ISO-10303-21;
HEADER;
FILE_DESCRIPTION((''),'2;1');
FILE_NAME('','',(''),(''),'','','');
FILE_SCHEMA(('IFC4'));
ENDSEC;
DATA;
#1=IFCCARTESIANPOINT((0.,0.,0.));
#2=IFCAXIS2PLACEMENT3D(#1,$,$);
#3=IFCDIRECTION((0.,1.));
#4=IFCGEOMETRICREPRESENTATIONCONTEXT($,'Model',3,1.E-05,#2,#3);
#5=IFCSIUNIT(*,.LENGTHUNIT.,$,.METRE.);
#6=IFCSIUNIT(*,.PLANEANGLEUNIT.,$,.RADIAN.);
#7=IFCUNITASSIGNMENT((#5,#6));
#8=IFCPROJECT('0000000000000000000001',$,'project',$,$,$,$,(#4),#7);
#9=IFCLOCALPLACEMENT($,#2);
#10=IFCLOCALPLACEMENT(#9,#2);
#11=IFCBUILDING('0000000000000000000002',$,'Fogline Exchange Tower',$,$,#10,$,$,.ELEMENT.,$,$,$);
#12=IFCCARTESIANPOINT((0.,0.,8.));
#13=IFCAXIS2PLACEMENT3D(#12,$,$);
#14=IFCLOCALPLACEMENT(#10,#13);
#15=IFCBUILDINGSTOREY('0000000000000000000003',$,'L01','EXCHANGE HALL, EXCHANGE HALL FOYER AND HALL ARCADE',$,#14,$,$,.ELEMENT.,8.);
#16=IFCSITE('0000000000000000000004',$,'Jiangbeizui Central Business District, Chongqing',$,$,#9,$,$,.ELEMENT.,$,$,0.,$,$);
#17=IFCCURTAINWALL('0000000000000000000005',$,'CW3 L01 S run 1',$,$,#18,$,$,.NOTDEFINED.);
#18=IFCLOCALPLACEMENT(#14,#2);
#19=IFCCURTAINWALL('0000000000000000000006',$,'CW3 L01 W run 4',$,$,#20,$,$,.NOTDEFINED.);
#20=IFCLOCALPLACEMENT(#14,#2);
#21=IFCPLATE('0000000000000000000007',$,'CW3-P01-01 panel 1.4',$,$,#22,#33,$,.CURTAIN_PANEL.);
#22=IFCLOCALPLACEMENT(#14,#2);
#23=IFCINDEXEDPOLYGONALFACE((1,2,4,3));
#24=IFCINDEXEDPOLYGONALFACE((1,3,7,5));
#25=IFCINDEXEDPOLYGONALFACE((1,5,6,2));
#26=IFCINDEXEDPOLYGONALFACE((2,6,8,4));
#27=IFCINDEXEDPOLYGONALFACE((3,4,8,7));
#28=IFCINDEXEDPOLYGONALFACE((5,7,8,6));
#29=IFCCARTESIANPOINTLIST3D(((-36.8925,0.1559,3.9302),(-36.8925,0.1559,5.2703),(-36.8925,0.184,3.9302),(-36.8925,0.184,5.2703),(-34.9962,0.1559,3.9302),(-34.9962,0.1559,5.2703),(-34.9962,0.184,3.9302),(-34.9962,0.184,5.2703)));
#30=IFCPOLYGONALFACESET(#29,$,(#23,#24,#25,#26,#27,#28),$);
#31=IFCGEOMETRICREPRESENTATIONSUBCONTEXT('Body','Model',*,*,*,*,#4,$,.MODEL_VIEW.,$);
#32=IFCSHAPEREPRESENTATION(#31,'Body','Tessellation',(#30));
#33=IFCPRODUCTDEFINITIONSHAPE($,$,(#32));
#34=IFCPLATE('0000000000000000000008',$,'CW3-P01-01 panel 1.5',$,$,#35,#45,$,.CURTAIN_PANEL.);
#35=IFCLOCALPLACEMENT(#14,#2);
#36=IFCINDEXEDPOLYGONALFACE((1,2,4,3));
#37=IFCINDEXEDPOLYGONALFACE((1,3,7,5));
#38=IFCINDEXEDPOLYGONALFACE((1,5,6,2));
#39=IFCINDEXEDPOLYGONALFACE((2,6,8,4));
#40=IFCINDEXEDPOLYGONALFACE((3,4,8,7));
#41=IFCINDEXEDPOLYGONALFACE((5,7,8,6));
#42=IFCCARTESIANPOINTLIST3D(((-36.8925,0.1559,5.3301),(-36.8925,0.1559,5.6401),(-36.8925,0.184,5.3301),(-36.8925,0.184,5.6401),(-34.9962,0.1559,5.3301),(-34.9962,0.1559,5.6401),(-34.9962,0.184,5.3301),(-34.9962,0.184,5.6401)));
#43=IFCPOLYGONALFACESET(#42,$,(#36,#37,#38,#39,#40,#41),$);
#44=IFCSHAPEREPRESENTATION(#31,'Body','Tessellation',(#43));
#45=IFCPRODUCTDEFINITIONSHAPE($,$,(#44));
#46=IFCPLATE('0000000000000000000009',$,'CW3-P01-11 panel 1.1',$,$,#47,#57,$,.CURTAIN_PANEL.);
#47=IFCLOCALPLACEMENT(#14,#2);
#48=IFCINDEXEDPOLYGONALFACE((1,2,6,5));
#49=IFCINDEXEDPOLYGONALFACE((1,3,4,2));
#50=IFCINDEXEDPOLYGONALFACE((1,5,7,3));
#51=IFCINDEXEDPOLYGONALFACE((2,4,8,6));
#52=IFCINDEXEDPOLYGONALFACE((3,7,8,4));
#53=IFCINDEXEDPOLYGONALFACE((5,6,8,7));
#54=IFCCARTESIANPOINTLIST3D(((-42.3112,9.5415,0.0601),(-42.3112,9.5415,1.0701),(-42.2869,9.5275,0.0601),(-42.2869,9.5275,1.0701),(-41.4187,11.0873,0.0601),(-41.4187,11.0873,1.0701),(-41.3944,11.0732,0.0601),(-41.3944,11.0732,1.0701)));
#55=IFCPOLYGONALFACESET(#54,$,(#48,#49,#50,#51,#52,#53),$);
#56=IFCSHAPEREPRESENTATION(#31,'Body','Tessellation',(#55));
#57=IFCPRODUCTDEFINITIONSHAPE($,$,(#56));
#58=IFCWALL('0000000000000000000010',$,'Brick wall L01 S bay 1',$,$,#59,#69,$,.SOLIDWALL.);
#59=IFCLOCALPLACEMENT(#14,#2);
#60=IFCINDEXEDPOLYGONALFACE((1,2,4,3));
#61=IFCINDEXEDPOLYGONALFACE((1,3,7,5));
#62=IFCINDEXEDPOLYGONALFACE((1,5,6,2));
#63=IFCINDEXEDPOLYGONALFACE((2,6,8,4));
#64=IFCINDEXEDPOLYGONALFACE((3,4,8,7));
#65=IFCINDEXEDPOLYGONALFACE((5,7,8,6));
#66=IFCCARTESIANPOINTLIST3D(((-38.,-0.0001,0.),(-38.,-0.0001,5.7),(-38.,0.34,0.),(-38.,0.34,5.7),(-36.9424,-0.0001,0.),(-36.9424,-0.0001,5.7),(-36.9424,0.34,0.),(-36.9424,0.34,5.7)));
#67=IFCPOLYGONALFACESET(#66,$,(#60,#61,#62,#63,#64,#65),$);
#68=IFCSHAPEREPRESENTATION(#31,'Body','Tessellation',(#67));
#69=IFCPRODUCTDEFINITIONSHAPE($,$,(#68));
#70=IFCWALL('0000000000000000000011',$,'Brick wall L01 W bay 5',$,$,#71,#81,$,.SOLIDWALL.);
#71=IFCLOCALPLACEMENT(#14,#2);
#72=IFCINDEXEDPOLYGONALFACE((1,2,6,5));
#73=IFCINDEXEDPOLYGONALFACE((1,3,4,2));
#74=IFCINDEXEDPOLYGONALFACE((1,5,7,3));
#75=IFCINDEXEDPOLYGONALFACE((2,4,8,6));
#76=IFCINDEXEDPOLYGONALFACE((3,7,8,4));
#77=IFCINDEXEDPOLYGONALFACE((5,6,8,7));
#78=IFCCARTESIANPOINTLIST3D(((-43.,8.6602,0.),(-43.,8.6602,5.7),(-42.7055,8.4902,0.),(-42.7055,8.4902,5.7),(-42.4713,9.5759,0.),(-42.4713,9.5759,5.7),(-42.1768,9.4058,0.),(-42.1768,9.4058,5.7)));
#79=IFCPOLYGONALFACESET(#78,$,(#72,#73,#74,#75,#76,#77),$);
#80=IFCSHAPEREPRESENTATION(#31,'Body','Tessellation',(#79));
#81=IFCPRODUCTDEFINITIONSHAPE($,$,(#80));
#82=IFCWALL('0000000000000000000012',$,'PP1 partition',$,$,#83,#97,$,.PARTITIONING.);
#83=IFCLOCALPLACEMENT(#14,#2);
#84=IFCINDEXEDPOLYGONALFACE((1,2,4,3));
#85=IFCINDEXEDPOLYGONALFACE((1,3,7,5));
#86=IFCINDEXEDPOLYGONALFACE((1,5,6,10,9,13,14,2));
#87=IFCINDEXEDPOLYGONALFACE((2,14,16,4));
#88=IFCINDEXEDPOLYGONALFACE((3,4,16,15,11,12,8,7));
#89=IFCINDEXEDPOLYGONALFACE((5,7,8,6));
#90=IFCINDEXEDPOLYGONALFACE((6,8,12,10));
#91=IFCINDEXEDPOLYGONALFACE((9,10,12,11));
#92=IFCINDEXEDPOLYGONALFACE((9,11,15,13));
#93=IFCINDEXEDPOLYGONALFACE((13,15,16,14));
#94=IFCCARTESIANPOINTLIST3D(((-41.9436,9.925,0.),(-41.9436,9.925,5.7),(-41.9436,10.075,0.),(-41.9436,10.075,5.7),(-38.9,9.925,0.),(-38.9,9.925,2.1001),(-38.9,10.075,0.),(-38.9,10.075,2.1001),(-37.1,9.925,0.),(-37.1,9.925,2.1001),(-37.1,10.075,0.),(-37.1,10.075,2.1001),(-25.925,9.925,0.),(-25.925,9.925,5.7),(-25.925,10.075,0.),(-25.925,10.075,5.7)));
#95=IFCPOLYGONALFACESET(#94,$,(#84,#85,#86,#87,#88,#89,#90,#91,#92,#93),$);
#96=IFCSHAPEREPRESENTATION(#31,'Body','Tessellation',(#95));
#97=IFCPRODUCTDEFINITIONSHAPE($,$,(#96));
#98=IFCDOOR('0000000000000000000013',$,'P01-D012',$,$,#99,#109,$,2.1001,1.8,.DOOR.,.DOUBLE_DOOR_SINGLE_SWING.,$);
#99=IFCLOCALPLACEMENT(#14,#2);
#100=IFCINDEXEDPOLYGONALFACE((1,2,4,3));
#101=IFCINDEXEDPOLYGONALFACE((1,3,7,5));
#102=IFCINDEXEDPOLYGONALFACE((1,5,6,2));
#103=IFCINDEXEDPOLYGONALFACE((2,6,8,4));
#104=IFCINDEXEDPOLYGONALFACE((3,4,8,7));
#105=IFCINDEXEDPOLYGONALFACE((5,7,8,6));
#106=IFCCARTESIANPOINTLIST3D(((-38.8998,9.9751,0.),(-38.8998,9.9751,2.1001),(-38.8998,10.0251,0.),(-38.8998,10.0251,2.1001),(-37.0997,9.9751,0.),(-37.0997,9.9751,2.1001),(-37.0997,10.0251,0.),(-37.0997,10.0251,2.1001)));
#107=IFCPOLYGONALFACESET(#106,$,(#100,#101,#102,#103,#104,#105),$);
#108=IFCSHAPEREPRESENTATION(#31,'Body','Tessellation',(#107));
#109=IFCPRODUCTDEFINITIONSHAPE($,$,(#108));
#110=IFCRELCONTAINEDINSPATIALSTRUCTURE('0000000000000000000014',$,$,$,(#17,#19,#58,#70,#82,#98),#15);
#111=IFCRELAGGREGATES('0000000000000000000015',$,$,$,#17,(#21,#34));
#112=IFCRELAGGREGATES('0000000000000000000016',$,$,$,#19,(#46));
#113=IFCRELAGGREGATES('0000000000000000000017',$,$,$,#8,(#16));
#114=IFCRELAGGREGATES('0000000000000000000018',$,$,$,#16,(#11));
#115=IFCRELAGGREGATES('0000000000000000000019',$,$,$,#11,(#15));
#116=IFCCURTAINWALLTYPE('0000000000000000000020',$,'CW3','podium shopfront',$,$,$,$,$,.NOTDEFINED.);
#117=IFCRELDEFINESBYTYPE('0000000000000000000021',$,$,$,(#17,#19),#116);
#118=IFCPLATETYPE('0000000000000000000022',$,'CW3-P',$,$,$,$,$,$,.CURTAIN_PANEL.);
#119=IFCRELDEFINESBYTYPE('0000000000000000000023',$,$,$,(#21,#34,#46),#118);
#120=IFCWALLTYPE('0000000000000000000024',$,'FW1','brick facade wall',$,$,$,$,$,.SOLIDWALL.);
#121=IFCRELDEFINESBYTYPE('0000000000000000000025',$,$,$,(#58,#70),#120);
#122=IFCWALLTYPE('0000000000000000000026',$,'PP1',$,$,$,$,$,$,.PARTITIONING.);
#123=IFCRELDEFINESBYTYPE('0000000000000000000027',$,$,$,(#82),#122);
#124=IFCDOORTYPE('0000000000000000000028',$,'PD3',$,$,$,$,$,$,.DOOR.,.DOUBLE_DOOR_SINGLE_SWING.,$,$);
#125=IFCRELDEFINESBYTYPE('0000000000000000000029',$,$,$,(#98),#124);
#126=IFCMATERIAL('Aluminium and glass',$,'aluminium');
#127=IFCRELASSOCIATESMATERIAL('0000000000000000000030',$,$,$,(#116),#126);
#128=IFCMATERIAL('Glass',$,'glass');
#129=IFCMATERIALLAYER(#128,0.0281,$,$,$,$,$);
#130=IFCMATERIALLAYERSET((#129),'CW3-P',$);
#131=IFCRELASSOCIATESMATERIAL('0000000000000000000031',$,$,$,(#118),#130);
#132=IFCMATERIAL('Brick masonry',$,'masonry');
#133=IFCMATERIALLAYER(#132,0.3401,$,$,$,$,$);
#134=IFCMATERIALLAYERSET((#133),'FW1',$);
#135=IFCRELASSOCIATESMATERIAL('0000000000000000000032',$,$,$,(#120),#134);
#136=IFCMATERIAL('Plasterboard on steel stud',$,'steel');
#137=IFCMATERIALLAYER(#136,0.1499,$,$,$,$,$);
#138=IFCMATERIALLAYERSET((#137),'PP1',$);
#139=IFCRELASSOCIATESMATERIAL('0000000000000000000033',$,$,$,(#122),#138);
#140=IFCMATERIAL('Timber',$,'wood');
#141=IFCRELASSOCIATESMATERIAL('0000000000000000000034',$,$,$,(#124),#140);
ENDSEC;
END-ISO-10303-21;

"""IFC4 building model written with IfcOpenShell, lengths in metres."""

from ifc_helpers import new_model, si_unit, direction, frame, frame_2d, origin, origin_2d, place, context, subcontext, project, spatial, rectangle, extrude, material, layer, layer_set, type_object, element, fill, aggregate, save


model = new_model("IFC4")

# Units and contexts
model_context = context("Model", 3, precision=1e-05, world=origin(), true_north=direction((0.0, 1.0)))
body_context = subcontext(model_context, "Body", "Model", "MODEL_VIEW")
ifc_project = project(units=[si_unit("LENGTHUNIT", "METRE"), si_unit("PLANEANGLEUNIT", "RADIAN")], contexts=[model_context])

# Site, building, storey
site_placement = place(None, origin())
site = spatial("IfcSite", under=ifc_project, at=site_placement, Name="Jiangbeizui Central Business District, Chongqing", CompositionType="ELEMENT", RefElevation=0.0)
building_placement = place(site_placement, origin())
building = spatial("IfcBuilding", under=site, at=building_placement, Name="Fogline Exchange Tower", CompositionType="ELEMENT")
storey_placement = place(building_placement, frame((0.0, 0.0, 8.0)))
storey = spatial("IfcBuildingStorey", under=building, at=storey_placement, Name="L01", Description="EXCHANGE HALL, EXCHANGE HALL FOYER AND HALL ARCADE", CompositionType="ELEMENT", Elevation=8.0)

# Curtain wall
ifc_material_1 = material(Name="Aluminium and glass", Category="aluminium")
curtain_wall_type = type_object("IfcCurtainWallType", Name="CW3", Description="podium shopfront", PredefinedType="NOTDEFINED", material=ifc_material_1)
curtain_wall_1_placement = place(storey_placement, origin())
curtain_wall_1 = element("IfcCurtainWall", 1, at=curtain_wall_1_placement, inside=storey, type_object=curtain_wall_type, Name="CW3 L01 S run 1", PredefinedType="NOTDEFINED")

# Curtain wall
curtain_wall_2_placement = place(storey_placement, origin())
curtain_wall_2 = element("IfcCurtainWall", 2, at=curtain_wall_2_placement, inside=storey, type_object=curtain_wall_type, Name="CW3 L01 W run 4", PredefinedType="NOTDEFINED")

# Plates
ifc_material_2 = material(Name="Glass", Category="glass")
ifc_layer_1 = layer(ifc_material_2, 0.0281)
ifc_layer_set_1 = layer_set([ifc_layer_1], Name="CW3-P")
plate_type = type_object("IfcPlateType", Name="CW3-P", PredefinedType="CURTAIN_PANEL", material=ifc_layer_set_1)
plate_1_placement = place(storey_placement, frame((-35.9443, 0.1699, 3.9302), z_axis=(0.0, 0.0, 1.0), x_axis=(1.0, 0.0, 0.0)))
plate_1 = element("IfcPlate", 3, at=plate_1_placement, type_object=plate_type, Name="CW3-P01-01 panel 1.4", PredefinedType="CURTAIN_PANEL", context=body_context, shape_type="SweptSolid", body=[
    extrude(rectangle(XDim=1.8962, YDim=0.0281, at=origin_2d()), origin(), (0.0, 0.0, 1.0), 1.3401),
])
plate_2_placement = place(storey_placement, frame((-35.9443, 0.1699, 5.3301), z_axis=(0.0, 0.0, 1.0), x_axis=(1.0, 0.0, 0.0)))
plate_2 = element("IfcPlate", 4, at=plate_2_placement, type_object=plate_type, Name="CW3-P01-01 panel 1.5", PredefinedType="CURTAIN_PANEL", context=body_context, shape_type="SweptSolid", body=[
    extrude(rectangle(XDim=1.8962, YDim=0.0281, at=origin_2d()), origin(), (0.0, 0.0, 1.0), 0.3101),
])
aggregate(curtain_wall_1, [plate_1, plate_2])
plate_3_placement = place(storey_placement, frame((-41.8528, 10.3074, 0.0601), z_axis=(0.0, 0.0, 1.0), x_axis=(-0.500002, -0.866024, 0.0)))
plate_3 = element("IfcPlate", 5, at=plate_3_placement, type_object=plate_type, Name="CW3-P01-11 panel 1.1", PredefinedType="CURTAIN_PANEL", context=body_context, shape_type="SweptSolid", body=[
    extrude(rectangle(XDim=1.7849, YDim=0.0281, at=origin_2d()), origin(), (0.0, 0.0, 1.0), 1.01),
])
aggregate(curtain_wall_2, [plate_3])

# Walls
ifc_material_3 = material(Name="Brick masonry", Category="masonry")
ifc_layer_2 = layer(ifc_material_3, 0.3401)
ifc_layer_set_2 = layer_set([ifc_layer_2], Name="FW1")
wall_type_1 = type_object("IfcWallType", Name="FW1", Description="brick facade wall", PredefinedType="SOLIDWALL", material=ifc_layer_set_2)
wall_1_placement = place(storey_placement, frame((-38.0, 0.1699, 0.0), z_axis=(0.0, 0.0, 1.0), x_axis=(1.0, 0.0, 0.0)))
element("IfcWall", 6, at=wall_1_placement, inside=storey, type_object=wall_type_1, Name="Brick wall L01 S bay 1", PredefinedType="SOLIDWALL", context=body_context, shape_type="SweptSolid", body=[
    extrude(rectangle(XDim=1.0576, YDim=0.3401, at=frame_2d((0.5288, 0.0))), origin(), (0.0, 0.0, 1.0), 5.7),
])
wall_2_placement = place(storey_placement, frame((-42.324, 9.491, 0.0), z_axis=(0.0, 0.0, 1.0), x_axis=(-0.500062, -0.865989, 0.0)))
element("IfcWall", 7, at=wall_2_placement, inside=storey, type_object=wall_type_1, Name="Brick wall L01 W bay 5", PredefinedType="SOLIDWALL", context=body_context, shape_type="SweptSolid", body=[
    extrude(rectangle(XDim=1.0574, YDim=0.3401, at=frame_2d((0.5288, 0.0))), origin(), (0.0, 0.0, 1.0), 5.7),
])

# Wall, opening, door
ifc_material_4 = material(Name="Plasterboard on steel stud", Category="steel")
ifc_layer_3 = layer(ifc_material_4, 0.1499)
ifc_layer_set_3 = layer_set([ifc_layer_3], Name="PP1")
wall_type_2 = type_object("IfcWallType", Name="PP1", PredefinedType="PARTITIONING", material=ifc_layer_set_3)
wall_3_placement = place(storey_placement, frame((-41.9436, 10.0, 0.0), z_axis=(0.0, 0.0, 1.0), x_axis=(1.0, 0.0, 0.0)))
wall_3 = element("IfcWall", 8, at=wall_3_placement, inside=storey, type_object=wall_type_2, Name="PP1 partition", PredefinedType="PARTITIONING", context=body_context, shape_type="SweptSolid", body=[
    extrude(rectangle(XDim=16.0186, YDim=0.1499, at=frame_2d((8.0093, 0.0))), origin(), (0.0, 0.0, 1.0), 5.7),
])
opening_placement = place(wall_3_placement, frame((3.0437, 0.0, 0.0)))
opening = element("IfcOpeningElement", 9, at=opening_placement, cuts=wall_3, PredefinedType="OPENING", context=body_context, shape_type="SweptSolid", body=[
    extrude(rectangle(XDim=1.8, YDim=2.1001, at=frame_2d((0.8999, 1.05))), frame((0.0, 0.085, 0.0), z_axis=(0.0, -1.0, 0.0), x_axis=(1.0, 0.0, 0.0)), (0.0, 0.0, 1.0), 0.1699),
])
ifc_material_5 = material(Name="Timber", Category="wood")
door_type = type_object("IfcDoorType", Name="PD3", OperationType="DOUBLE_DOOR_SINGLE_SWING", PredefinedType="DOOR", material=ifc_material_5)
door_placement = place(opening_placement, frame((1.8, 0.0, 0.0), z_axis=(0.0, 0.0, 1.0), x_axis=(-1.0, 0.0, 0.0)))
door = element("IfcDoor", 10, at=door_placement, inside=storey, type_object=door_type, Name="P01-D012", OperationType="DOUBLE_DOOR_SINGLE_SWING", OverallHeight=2.1001, OverallWidth=1.8, PredefinedType="DOOR", context=body_context, shape_type="SweptSolid", body=[
    extrude(rectangle(XDim=1.8, YDim=2.1001, at=frame_2d((0.8999, 1.05))), frame((0.0, 0.0249, 0.0), z_axis=(0.0, -1.0, 0.0), x_axis=(1.0, 0.0, 0.0)), (0.0, 0.0, 1.0), 0.05),
])
fill(opening, door)

save(model, "model.ifc")
